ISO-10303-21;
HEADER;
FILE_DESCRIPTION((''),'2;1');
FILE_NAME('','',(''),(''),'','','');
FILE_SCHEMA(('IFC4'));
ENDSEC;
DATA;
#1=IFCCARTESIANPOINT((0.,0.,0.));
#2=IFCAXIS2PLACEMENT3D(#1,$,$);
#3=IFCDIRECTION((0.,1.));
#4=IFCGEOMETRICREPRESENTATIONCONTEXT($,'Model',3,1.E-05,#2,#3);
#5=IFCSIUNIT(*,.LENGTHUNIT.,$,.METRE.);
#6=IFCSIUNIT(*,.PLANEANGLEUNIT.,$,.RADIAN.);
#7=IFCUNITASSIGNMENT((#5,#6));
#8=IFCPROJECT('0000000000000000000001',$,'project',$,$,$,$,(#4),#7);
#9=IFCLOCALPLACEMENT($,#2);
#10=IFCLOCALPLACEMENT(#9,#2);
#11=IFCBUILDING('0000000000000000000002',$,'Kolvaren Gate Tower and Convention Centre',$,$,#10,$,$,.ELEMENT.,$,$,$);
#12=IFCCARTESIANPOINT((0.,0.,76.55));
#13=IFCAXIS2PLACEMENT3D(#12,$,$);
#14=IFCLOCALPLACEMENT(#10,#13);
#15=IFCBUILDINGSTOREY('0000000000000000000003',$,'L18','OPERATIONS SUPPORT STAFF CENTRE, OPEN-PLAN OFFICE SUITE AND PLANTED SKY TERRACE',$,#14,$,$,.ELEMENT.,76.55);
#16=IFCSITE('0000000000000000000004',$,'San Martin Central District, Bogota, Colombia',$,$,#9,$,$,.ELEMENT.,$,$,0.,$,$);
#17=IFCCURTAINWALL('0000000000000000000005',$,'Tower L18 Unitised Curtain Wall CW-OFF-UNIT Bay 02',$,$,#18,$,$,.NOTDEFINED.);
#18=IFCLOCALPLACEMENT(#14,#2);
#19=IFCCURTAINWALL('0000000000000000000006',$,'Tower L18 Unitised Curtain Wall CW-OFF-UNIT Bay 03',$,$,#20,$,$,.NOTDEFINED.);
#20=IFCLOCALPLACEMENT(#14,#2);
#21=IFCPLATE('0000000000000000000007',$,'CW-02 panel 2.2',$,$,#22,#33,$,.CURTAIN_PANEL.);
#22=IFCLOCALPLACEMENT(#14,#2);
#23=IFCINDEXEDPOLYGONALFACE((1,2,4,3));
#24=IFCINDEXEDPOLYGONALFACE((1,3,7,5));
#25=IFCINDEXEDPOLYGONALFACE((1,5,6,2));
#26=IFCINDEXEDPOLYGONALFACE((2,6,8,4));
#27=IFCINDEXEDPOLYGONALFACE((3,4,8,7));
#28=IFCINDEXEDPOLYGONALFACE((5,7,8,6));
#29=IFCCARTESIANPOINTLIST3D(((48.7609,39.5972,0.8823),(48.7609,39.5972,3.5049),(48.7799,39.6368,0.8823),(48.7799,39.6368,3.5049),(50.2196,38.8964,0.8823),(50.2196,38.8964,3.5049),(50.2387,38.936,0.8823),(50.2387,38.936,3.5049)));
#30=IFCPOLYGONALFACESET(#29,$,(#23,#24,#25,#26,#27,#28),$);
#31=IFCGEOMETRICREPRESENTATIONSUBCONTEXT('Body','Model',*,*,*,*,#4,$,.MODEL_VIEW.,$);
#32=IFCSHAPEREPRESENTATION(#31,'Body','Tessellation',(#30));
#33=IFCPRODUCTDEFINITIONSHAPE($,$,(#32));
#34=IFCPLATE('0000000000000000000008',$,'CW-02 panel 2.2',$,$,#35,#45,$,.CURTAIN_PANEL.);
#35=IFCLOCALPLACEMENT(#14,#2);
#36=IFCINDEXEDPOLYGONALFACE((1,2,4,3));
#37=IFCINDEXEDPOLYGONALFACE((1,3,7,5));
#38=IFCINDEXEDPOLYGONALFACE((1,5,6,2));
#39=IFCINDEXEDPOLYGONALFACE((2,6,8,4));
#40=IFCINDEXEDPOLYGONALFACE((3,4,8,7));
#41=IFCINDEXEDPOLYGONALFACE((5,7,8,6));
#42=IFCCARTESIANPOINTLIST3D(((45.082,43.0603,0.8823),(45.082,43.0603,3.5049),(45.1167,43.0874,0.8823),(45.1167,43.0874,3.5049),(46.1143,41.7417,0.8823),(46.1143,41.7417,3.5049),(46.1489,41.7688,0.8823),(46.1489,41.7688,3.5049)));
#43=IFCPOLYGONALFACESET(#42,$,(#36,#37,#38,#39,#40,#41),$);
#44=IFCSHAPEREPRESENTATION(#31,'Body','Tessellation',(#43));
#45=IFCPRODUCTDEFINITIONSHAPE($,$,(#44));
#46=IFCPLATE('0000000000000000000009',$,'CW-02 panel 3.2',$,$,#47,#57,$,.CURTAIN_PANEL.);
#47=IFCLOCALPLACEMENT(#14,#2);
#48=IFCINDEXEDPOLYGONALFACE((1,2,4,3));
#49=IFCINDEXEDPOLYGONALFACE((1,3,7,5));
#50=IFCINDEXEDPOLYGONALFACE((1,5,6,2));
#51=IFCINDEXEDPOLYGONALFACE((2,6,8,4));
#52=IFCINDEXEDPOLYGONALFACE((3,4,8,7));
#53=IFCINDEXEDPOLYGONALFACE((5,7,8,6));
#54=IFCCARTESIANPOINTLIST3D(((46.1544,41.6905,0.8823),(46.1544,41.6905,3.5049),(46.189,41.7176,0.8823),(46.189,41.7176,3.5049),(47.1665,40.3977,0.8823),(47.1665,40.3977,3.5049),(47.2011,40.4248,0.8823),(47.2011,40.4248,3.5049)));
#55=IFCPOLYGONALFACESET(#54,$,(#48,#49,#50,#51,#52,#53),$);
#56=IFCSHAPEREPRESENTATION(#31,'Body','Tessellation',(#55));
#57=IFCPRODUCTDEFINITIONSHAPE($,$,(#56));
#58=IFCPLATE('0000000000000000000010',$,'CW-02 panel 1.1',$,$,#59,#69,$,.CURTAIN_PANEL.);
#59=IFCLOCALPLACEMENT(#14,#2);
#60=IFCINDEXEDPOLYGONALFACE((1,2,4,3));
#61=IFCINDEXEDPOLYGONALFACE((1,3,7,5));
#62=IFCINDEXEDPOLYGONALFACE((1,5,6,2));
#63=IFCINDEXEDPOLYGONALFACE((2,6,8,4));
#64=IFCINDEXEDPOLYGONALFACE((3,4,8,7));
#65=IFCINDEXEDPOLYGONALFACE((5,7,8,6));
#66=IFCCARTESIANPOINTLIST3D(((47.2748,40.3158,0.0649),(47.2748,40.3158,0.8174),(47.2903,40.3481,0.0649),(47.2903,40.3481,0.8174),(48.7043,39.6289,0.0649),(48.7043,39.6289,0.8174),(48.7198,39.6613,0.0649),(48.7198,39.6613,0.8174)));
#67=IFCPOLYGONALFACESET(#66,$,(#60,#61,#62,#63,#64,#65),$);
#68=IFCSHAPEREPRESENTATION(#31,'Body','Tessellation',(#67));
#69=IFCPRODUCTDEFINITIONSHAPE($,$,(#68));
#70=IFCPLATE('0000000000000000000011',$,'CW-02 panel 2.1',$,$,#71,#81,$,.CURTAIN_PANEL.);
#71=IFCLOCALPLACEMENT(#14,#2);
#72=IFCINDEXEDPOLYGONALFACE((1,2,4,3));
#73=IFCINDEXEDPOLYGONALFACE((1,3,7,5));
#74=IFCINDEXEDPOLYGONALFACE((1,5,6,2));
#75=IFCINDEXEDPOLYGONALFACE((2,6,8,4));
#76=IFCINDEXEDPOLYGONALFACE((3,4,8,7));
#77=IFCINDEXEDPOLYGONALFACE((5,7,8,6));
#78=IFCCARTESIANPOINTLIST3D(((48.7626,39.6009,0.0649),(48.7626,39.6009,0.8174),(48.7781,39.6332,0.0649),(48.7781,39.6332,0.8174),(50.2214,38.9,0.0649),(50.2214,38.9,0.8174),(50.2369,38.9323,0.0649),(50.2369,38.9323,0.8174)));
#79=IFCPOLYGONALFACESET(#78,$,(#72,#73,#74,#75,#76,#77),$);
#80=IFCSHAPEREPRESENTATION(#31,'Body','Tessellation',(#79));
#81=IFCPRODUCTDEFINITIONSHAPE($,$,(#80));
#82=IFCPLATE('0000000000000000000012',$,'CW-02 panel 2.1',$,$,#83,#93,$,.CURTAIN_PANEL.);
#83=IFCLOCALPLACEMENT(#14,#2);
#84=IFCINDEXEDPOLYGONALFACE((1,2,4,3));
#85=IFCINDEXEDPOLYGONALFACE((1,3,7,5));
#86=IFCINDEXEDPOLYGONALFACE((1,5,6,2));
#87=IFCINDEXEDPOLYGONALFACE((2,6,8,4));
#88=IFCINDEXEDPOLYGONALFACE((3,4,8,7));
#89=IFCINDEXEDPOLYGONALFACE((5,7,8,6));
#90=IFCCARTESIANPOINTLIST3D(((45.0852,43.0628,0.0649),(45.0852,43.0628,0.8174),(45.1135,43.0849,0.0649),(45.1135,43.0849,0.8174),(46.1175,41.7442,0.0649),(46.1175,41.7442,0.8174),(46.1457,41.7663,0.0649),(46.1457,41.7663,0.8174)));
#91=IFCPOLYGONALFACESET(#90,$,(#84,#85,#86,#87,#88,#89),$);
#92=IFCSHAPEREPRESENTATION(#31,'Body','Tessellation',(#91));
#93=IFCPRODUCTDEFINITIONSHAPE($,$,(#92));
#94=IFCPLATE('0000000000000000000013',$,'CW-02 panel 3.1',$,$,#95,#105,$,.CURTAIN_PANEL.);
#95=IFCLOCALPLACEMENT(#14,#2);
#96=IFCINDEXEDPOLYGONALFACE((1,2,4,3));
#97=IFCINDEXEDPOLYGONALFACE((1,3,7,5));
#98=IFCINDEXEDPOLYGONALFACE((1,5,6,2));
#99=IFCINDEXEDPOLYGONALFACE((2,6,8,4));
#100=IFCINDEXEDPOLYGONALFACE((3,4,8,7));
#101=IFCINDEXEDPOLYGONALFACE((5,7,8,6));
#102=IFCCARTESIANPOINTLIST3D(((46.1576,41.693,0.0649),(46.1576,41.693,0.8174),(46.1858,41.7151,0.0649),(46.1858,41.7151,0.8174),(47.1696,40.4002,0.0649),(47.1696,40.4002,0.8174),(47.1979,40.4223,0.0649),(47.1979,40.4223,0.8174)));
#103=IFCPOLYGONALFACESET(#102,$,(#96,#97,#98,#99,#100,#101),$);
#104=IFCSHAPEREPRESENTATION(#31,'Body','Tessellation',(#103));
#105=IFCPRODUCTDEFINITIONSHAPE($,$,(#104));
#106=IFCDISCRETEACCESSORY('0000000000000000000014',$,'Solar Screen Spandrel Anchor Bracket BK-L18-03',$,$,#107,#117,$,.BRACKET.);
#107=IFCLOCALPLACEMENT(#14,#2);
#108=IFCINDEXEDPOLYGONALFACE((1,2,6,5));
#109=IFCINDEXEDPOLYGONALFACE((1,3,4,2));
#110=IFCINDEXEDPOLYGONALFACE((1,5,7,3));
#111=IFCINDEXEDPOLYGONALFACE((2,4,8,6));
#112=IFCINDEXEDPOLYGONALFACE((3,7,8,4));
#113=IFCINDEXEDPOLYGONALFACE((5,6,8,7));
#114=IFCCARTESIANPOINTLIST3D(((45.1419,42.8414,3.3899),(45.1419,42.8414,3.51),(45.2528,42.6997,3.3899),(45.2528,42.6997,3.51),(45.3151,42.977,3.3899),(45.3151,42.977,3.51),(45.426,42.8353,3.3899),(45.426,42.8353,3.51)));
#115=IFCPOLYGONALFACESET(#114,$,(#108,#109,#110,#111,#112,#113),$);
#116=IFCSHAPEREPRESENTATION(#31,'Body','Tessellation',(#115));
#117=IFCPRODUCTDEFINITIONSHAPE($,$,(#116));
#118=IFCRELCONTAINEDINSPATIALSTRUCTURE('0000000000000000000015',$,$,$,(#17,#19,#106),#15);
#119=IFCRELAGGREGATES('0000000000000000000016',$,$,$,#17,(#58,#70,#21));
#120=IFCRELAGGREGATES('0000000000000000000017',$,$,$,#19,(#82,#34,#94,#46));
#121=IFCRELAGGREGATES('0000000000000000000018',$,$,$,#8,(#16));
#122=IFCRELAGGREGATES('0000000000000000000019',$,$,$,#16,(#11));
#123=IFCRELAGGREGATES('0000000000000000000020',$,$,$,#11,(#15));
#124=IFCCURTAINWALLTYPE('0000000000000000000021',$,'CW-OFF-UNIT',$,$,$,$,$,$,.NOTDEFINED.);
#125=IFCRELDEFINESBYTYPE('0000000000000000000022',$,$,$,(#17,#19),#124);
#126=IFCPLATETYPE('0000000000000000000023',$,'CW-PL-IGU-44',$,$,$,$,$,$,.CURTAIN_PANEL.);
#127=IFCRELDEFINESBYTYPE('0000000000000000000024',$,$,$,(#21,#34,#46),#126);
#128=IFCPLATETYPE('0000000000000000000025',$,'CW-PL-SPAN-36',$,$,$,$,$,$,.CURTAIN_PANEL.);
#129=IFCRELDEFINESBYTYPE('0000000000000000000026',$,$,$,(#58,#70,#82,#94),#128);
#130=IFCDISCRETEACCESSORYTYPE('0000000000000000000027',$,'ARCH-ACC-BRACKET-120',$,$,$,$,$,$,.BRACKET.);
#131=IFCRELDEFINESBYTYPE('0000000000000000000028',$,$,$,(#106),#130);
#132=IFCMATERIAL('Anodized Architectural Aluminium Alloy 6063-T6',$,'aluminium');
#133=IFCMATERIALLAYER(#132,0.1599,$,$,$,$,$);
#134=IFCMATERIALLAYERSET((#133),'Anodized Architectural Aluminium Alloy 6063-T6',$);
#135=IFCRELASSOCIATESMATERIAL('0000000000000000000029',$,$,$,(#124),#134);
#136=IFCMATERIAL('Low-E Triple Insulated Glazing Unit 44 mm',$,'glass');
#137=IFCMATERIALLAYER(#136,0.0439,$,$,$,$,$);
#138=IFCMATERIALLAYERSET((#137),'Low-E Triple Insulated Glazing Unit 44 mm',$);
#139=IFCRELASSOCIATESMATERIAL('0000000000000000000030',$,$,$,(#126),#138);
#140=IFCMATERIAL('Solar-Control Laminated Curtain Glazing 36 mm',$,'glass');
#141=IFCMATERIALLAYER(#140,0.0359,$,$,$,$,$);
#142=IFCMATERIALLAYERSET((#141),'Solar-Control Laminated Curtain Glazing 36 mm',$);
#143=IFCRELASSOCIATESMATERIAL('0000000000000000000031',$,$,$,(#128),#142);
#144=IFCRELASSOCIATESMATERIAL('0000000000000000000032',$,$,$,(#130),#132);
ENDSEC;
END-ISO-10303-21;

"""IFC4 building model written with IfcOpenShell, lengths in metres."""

from ifc_helpers import new_model, si_unit, direction, frame, origin, origin_2d, place, context, subcontext, project, spatial, rectangle, extrude, material, layer, layer_set, type_object, element, aggregate, save


model = new_model("IFC4")

# Units and contexts
model_context = context("Model", 3, precision=1e-05, world=origin(), true_north=direction((0.0, 1.0)))
body_context = subcontext(model_context, "Body", "Model", "MODEL_VIEW")
ifc_project = project(units=[si_unit("LENGTHUNIT", "METRE"), si_unit("PLANEANGLEUNIT", "RADIAN")], contexts=[model_context])

# Site, building, storey
site_placement = place(None, origin())
site = spatial("IfcSite", under=ifc_project, at=site_placement, Name="San Martin Central District, Bogota, Colombia", CompositionType="ELEMENT", RefElevation=0.0)
building_placement = place(site_placement, origin())
building = spatial("IfcBuilding", under=site, at=building_placement, Name="Kolvaren Gate Tower and Convention Centre", CompositionType="ELEMENT")
storey_placement = place(building_placement, frame((0.0, 0.0, 76.55)))
storey = spatial("IfcBuildingStorey", under=building, at=storey_placement, Name="L18", Description="OPERATIONS SUPPORT STAFF CENTRE, OPEN-PLAN OFFICE SUITE AND PLANTED SKY TERRACE", CompositionType="ELEMENT", Elevation=76.55)

# Curtain walls
ifc_material_1 = material(Name="Anodized Architectural Aluminium Alloy 6063-T6", Category="aluminium")
ifc_layer_1 = layer(ifc_material_1, 0.1599)
ifc_layer_set_1 = layer_set([ifc_layer_1], Name="Anodized Architectural Aluminium Alloy 6063-T6")
curtain_wall_type = type_object("IfcCurtainWallType", Name="CW-OFF-UNIT", PredefinedType="NOTDEFINED", material=ifc_layer_set_1)
curtain_wall_1_placement = place(storey_placement, origin())
curtain_wall_1 = element("IfcCurtainWall", 1, at=curtain_wall_1_placement, inside=storey, type_object=curtain_wall_type, Name="Tower L18 Unitised Curtain Wall CW-OFF-UNIT Bay 02", PredefinedType="NOTDEFINED")
curtain_wall_2_placement = place(storey_placement, origin())
curtain_wall_2 = element("IfcCurtainWall", 2, at=curtain_wall_2_placement, inside=storey, type_object=curtain_wall_type, Name="Tower L18 Unitised Curtain Wall CW-OFF-UNIT Bay 03", PredefinedType="NOTDEFINED")

# Plates
ifc_material_2 = material(Name="Low-E Triple Insulated Glazing Unit 44 mm", Category="glass")
ifc_layer_2 = layer(ifc_material_2, 0.0439)
ifc_layer_set_2 = layer_set([ifc_layer_2], Name="Low-E Triple Insulated Glazing Unit 44 mm")
plate_type_1 = type_object("IfcPlateType", Name="CW-PL-IGU-44", PredefinedType="CURTAIN_PANEL", material=ifc_layer_set_2)
plate_1_placement = place(storey_placement, frame((49.4998, 39.2666, 0.8823), z_axis=(0.0, 0.0, 1.0), x_axis=(0.901362, -0.433067, 0.0)))
plate_1 = element("IfcPlate", 3, at=plate_1_placement, type_object=plate_type_1, Name="CW-02 panel 2.2", PredefinedType="CURTAIN_PANEL", context=body_context, shape_type="SweptSolid", body=[
    extrude(rectangle(XDim=1.6184, YDim=0.0439, at=origin_2d()), origin(), (0.0, 0.0, 1.0), 2.6226),
])
plate_2_placement = place(storey_placement, frame((45.6155, 42.4146, 0.8823), z_axis=(0.0, 0.0, 1.0), x_axis=(0.616434, -0.787406, 0.0)))
plate_2 = element("IfcPlate", 4, at=plate_2_placement, type_object=plate_type_1, Name="CW-02 panel 2.2", PredefinedType="CURTAIN_PANEL", context=body_context, shape_type="SweptSolid", body=[
    extrude(rectangle(XDim=1.6746, YDim=0.0439, at=origin_2d()), origin(), (0.0, 0.0, 1.0), 2.6226),
])
plate_3_placement = place(storey_placement, frame((46.6777, 41.0576, 0.8823), z_axis=(0.0, 0.0, 1.0), x_axis=(0.616434, -0.787406, 0.0)))
plate_3 = element("IfcPlate", 5, at=plate_3_placement, type_object=plate_type_1, Name="CW-02 panel 3.2", PredefinedType="CURTAIN_PANEL", context=body_context, shape_type="SweptSolid", body=[
    extrude(rectangle(XDim=1.6418, YDim=0.0439, at=origin_2d()), origin(), (0.0, 0.0, 1.0), 2.6226),
])
ifc_material_3 = material(Name="Solar-Control Laminated Curtain Glazing 36 mm", Category="glass")
ifc_layer_3 = layer(ifc_material_3, 0.0359)
ifc_layer_set_3 = layer_set([ifc_layer_3], Name="Solar-Control Laminated Curtain Glazing 36 mm")
plate_type_2 = type_object("IfcPlateType", Name="CW-PL-SPAN-36", PredefinedType="CURTAIN_PANEL", material=ifc_layer_set_3)
plate_4_placement = place(storey_placement, frame((47.9973, 39.9885, 0.0649), z_axis=(0.0, 0.0, 1.0), x_axis=(0.901362, -0.433067, 0.0)))
plate_4 = element("IfcPlate", 6, at=plate_4_placement, type_object=plate_type_2, Name="CW-02 panel 1.1", PredefinedType="CURTAIN_PANEL", context=body_context, shape_type="SweptSolid", body=[
    extrude(rectangle(XDim=1.5859, YDim=0.0359, at=origin_2d()), origin(), (0.0, 0.0, 1.0), 0.7524),
])
plate_5_placement = place(storey_placement, frame((49.4998, 39.2666, 0.0649), z_axis=(0.0, 0.0, 1.0), x_axis=(0.901362, -0.433067, 0.0)))
plate_5 = element("IfcPlate", 7, at=plate_5_placement, type_object=plate_type_2, Name="CW-02 panel 2.1", PredefinedType="CURTAIN_PANEL", context=body_context, shape_type="SweptSolid", body=[
    extrude(rectangle(XDim=1.6184, YDim=0.0359, at=origin_2d()), origin(), (0.0, 0.0, 1.0), 0.7524),
])
aggregate(curtain_wall_1, [plate_4, plate_5, plate_1])
plate_6_placement = place(storey_placement, frame((45.6155, 42.4146, 0.0649), z_axis=(0.0, 0.0, 1.0), x_axis=(0.616434, -0.787406, 0.0)))
plate_6 = element("IfcPlate", 8, at=plate_6_placement, type_object=plate_type_2, Name="CW-02 panel 2.1", PredefinedType="CURTAIN_PANEL", context=body_context, shape_type="SweptSolid", body=[
    extrude(rectangle(XDim=1.6746, YDim=0.0359, at=origin_2d()), origin(), (0.0, 0.0, 1.0), 0.7524),
])
plate_7_placement = place(storey_placement, frame((46.6777, 41.0576, 0.0649), z_axis=(0.0, 0.0, 1.0), x_axis=(0.616434, -0.787406, 0.0)))
plate_7 = element("IfcPlate", 9, at=plate_7_placement, type_object=plate_type_2, Name="CW-02 panel 3.1", PredefinedType="CURTAIN_PANEL", context=body_context, shape_type="SweptSolid", body=[
    extrude(rectangle(XDim=1.6418, YDim=0.0359, at=origin_2d()), origin(), (0.0, 0.0, 1.0), 0.7524),
])
aggregate(curtain_wall_2, [plate_6, plate_2, plate_7, plate_3])

# Discrete accessory
discrete_accessory_type = type_object("IfcDiscreteAccessoryType", Name="ARCH-ACC-BRACKET-120", PredefinedType="BRACKET", material=ifc_material_1)
discrete_accessory_placement = place(storey_placement, frame((45.2839, 42.8384, 3.3899), z_axis=(0.0, 0.0, 1.0), x_axis=(0.616431, -0.787409, 0.0)))
element("IfcDiscreteAccessory", 10, at=discrete_accessory_placement, inside=storey, type_object=discrete_accessory_type, Name="Solar Screen Spandrel Anchor Bracket BK-L18-03", PredefinedType="BRACKET", context=body_context, shape_type="SweptSolid", body=[
    extrude(rectangle(XDim=0.1799, YDim=0.22, at=origin_2d()), origin(), (0.0, 0.0, 1.0), 0.1201),
])

save(model, "model.ifc")
